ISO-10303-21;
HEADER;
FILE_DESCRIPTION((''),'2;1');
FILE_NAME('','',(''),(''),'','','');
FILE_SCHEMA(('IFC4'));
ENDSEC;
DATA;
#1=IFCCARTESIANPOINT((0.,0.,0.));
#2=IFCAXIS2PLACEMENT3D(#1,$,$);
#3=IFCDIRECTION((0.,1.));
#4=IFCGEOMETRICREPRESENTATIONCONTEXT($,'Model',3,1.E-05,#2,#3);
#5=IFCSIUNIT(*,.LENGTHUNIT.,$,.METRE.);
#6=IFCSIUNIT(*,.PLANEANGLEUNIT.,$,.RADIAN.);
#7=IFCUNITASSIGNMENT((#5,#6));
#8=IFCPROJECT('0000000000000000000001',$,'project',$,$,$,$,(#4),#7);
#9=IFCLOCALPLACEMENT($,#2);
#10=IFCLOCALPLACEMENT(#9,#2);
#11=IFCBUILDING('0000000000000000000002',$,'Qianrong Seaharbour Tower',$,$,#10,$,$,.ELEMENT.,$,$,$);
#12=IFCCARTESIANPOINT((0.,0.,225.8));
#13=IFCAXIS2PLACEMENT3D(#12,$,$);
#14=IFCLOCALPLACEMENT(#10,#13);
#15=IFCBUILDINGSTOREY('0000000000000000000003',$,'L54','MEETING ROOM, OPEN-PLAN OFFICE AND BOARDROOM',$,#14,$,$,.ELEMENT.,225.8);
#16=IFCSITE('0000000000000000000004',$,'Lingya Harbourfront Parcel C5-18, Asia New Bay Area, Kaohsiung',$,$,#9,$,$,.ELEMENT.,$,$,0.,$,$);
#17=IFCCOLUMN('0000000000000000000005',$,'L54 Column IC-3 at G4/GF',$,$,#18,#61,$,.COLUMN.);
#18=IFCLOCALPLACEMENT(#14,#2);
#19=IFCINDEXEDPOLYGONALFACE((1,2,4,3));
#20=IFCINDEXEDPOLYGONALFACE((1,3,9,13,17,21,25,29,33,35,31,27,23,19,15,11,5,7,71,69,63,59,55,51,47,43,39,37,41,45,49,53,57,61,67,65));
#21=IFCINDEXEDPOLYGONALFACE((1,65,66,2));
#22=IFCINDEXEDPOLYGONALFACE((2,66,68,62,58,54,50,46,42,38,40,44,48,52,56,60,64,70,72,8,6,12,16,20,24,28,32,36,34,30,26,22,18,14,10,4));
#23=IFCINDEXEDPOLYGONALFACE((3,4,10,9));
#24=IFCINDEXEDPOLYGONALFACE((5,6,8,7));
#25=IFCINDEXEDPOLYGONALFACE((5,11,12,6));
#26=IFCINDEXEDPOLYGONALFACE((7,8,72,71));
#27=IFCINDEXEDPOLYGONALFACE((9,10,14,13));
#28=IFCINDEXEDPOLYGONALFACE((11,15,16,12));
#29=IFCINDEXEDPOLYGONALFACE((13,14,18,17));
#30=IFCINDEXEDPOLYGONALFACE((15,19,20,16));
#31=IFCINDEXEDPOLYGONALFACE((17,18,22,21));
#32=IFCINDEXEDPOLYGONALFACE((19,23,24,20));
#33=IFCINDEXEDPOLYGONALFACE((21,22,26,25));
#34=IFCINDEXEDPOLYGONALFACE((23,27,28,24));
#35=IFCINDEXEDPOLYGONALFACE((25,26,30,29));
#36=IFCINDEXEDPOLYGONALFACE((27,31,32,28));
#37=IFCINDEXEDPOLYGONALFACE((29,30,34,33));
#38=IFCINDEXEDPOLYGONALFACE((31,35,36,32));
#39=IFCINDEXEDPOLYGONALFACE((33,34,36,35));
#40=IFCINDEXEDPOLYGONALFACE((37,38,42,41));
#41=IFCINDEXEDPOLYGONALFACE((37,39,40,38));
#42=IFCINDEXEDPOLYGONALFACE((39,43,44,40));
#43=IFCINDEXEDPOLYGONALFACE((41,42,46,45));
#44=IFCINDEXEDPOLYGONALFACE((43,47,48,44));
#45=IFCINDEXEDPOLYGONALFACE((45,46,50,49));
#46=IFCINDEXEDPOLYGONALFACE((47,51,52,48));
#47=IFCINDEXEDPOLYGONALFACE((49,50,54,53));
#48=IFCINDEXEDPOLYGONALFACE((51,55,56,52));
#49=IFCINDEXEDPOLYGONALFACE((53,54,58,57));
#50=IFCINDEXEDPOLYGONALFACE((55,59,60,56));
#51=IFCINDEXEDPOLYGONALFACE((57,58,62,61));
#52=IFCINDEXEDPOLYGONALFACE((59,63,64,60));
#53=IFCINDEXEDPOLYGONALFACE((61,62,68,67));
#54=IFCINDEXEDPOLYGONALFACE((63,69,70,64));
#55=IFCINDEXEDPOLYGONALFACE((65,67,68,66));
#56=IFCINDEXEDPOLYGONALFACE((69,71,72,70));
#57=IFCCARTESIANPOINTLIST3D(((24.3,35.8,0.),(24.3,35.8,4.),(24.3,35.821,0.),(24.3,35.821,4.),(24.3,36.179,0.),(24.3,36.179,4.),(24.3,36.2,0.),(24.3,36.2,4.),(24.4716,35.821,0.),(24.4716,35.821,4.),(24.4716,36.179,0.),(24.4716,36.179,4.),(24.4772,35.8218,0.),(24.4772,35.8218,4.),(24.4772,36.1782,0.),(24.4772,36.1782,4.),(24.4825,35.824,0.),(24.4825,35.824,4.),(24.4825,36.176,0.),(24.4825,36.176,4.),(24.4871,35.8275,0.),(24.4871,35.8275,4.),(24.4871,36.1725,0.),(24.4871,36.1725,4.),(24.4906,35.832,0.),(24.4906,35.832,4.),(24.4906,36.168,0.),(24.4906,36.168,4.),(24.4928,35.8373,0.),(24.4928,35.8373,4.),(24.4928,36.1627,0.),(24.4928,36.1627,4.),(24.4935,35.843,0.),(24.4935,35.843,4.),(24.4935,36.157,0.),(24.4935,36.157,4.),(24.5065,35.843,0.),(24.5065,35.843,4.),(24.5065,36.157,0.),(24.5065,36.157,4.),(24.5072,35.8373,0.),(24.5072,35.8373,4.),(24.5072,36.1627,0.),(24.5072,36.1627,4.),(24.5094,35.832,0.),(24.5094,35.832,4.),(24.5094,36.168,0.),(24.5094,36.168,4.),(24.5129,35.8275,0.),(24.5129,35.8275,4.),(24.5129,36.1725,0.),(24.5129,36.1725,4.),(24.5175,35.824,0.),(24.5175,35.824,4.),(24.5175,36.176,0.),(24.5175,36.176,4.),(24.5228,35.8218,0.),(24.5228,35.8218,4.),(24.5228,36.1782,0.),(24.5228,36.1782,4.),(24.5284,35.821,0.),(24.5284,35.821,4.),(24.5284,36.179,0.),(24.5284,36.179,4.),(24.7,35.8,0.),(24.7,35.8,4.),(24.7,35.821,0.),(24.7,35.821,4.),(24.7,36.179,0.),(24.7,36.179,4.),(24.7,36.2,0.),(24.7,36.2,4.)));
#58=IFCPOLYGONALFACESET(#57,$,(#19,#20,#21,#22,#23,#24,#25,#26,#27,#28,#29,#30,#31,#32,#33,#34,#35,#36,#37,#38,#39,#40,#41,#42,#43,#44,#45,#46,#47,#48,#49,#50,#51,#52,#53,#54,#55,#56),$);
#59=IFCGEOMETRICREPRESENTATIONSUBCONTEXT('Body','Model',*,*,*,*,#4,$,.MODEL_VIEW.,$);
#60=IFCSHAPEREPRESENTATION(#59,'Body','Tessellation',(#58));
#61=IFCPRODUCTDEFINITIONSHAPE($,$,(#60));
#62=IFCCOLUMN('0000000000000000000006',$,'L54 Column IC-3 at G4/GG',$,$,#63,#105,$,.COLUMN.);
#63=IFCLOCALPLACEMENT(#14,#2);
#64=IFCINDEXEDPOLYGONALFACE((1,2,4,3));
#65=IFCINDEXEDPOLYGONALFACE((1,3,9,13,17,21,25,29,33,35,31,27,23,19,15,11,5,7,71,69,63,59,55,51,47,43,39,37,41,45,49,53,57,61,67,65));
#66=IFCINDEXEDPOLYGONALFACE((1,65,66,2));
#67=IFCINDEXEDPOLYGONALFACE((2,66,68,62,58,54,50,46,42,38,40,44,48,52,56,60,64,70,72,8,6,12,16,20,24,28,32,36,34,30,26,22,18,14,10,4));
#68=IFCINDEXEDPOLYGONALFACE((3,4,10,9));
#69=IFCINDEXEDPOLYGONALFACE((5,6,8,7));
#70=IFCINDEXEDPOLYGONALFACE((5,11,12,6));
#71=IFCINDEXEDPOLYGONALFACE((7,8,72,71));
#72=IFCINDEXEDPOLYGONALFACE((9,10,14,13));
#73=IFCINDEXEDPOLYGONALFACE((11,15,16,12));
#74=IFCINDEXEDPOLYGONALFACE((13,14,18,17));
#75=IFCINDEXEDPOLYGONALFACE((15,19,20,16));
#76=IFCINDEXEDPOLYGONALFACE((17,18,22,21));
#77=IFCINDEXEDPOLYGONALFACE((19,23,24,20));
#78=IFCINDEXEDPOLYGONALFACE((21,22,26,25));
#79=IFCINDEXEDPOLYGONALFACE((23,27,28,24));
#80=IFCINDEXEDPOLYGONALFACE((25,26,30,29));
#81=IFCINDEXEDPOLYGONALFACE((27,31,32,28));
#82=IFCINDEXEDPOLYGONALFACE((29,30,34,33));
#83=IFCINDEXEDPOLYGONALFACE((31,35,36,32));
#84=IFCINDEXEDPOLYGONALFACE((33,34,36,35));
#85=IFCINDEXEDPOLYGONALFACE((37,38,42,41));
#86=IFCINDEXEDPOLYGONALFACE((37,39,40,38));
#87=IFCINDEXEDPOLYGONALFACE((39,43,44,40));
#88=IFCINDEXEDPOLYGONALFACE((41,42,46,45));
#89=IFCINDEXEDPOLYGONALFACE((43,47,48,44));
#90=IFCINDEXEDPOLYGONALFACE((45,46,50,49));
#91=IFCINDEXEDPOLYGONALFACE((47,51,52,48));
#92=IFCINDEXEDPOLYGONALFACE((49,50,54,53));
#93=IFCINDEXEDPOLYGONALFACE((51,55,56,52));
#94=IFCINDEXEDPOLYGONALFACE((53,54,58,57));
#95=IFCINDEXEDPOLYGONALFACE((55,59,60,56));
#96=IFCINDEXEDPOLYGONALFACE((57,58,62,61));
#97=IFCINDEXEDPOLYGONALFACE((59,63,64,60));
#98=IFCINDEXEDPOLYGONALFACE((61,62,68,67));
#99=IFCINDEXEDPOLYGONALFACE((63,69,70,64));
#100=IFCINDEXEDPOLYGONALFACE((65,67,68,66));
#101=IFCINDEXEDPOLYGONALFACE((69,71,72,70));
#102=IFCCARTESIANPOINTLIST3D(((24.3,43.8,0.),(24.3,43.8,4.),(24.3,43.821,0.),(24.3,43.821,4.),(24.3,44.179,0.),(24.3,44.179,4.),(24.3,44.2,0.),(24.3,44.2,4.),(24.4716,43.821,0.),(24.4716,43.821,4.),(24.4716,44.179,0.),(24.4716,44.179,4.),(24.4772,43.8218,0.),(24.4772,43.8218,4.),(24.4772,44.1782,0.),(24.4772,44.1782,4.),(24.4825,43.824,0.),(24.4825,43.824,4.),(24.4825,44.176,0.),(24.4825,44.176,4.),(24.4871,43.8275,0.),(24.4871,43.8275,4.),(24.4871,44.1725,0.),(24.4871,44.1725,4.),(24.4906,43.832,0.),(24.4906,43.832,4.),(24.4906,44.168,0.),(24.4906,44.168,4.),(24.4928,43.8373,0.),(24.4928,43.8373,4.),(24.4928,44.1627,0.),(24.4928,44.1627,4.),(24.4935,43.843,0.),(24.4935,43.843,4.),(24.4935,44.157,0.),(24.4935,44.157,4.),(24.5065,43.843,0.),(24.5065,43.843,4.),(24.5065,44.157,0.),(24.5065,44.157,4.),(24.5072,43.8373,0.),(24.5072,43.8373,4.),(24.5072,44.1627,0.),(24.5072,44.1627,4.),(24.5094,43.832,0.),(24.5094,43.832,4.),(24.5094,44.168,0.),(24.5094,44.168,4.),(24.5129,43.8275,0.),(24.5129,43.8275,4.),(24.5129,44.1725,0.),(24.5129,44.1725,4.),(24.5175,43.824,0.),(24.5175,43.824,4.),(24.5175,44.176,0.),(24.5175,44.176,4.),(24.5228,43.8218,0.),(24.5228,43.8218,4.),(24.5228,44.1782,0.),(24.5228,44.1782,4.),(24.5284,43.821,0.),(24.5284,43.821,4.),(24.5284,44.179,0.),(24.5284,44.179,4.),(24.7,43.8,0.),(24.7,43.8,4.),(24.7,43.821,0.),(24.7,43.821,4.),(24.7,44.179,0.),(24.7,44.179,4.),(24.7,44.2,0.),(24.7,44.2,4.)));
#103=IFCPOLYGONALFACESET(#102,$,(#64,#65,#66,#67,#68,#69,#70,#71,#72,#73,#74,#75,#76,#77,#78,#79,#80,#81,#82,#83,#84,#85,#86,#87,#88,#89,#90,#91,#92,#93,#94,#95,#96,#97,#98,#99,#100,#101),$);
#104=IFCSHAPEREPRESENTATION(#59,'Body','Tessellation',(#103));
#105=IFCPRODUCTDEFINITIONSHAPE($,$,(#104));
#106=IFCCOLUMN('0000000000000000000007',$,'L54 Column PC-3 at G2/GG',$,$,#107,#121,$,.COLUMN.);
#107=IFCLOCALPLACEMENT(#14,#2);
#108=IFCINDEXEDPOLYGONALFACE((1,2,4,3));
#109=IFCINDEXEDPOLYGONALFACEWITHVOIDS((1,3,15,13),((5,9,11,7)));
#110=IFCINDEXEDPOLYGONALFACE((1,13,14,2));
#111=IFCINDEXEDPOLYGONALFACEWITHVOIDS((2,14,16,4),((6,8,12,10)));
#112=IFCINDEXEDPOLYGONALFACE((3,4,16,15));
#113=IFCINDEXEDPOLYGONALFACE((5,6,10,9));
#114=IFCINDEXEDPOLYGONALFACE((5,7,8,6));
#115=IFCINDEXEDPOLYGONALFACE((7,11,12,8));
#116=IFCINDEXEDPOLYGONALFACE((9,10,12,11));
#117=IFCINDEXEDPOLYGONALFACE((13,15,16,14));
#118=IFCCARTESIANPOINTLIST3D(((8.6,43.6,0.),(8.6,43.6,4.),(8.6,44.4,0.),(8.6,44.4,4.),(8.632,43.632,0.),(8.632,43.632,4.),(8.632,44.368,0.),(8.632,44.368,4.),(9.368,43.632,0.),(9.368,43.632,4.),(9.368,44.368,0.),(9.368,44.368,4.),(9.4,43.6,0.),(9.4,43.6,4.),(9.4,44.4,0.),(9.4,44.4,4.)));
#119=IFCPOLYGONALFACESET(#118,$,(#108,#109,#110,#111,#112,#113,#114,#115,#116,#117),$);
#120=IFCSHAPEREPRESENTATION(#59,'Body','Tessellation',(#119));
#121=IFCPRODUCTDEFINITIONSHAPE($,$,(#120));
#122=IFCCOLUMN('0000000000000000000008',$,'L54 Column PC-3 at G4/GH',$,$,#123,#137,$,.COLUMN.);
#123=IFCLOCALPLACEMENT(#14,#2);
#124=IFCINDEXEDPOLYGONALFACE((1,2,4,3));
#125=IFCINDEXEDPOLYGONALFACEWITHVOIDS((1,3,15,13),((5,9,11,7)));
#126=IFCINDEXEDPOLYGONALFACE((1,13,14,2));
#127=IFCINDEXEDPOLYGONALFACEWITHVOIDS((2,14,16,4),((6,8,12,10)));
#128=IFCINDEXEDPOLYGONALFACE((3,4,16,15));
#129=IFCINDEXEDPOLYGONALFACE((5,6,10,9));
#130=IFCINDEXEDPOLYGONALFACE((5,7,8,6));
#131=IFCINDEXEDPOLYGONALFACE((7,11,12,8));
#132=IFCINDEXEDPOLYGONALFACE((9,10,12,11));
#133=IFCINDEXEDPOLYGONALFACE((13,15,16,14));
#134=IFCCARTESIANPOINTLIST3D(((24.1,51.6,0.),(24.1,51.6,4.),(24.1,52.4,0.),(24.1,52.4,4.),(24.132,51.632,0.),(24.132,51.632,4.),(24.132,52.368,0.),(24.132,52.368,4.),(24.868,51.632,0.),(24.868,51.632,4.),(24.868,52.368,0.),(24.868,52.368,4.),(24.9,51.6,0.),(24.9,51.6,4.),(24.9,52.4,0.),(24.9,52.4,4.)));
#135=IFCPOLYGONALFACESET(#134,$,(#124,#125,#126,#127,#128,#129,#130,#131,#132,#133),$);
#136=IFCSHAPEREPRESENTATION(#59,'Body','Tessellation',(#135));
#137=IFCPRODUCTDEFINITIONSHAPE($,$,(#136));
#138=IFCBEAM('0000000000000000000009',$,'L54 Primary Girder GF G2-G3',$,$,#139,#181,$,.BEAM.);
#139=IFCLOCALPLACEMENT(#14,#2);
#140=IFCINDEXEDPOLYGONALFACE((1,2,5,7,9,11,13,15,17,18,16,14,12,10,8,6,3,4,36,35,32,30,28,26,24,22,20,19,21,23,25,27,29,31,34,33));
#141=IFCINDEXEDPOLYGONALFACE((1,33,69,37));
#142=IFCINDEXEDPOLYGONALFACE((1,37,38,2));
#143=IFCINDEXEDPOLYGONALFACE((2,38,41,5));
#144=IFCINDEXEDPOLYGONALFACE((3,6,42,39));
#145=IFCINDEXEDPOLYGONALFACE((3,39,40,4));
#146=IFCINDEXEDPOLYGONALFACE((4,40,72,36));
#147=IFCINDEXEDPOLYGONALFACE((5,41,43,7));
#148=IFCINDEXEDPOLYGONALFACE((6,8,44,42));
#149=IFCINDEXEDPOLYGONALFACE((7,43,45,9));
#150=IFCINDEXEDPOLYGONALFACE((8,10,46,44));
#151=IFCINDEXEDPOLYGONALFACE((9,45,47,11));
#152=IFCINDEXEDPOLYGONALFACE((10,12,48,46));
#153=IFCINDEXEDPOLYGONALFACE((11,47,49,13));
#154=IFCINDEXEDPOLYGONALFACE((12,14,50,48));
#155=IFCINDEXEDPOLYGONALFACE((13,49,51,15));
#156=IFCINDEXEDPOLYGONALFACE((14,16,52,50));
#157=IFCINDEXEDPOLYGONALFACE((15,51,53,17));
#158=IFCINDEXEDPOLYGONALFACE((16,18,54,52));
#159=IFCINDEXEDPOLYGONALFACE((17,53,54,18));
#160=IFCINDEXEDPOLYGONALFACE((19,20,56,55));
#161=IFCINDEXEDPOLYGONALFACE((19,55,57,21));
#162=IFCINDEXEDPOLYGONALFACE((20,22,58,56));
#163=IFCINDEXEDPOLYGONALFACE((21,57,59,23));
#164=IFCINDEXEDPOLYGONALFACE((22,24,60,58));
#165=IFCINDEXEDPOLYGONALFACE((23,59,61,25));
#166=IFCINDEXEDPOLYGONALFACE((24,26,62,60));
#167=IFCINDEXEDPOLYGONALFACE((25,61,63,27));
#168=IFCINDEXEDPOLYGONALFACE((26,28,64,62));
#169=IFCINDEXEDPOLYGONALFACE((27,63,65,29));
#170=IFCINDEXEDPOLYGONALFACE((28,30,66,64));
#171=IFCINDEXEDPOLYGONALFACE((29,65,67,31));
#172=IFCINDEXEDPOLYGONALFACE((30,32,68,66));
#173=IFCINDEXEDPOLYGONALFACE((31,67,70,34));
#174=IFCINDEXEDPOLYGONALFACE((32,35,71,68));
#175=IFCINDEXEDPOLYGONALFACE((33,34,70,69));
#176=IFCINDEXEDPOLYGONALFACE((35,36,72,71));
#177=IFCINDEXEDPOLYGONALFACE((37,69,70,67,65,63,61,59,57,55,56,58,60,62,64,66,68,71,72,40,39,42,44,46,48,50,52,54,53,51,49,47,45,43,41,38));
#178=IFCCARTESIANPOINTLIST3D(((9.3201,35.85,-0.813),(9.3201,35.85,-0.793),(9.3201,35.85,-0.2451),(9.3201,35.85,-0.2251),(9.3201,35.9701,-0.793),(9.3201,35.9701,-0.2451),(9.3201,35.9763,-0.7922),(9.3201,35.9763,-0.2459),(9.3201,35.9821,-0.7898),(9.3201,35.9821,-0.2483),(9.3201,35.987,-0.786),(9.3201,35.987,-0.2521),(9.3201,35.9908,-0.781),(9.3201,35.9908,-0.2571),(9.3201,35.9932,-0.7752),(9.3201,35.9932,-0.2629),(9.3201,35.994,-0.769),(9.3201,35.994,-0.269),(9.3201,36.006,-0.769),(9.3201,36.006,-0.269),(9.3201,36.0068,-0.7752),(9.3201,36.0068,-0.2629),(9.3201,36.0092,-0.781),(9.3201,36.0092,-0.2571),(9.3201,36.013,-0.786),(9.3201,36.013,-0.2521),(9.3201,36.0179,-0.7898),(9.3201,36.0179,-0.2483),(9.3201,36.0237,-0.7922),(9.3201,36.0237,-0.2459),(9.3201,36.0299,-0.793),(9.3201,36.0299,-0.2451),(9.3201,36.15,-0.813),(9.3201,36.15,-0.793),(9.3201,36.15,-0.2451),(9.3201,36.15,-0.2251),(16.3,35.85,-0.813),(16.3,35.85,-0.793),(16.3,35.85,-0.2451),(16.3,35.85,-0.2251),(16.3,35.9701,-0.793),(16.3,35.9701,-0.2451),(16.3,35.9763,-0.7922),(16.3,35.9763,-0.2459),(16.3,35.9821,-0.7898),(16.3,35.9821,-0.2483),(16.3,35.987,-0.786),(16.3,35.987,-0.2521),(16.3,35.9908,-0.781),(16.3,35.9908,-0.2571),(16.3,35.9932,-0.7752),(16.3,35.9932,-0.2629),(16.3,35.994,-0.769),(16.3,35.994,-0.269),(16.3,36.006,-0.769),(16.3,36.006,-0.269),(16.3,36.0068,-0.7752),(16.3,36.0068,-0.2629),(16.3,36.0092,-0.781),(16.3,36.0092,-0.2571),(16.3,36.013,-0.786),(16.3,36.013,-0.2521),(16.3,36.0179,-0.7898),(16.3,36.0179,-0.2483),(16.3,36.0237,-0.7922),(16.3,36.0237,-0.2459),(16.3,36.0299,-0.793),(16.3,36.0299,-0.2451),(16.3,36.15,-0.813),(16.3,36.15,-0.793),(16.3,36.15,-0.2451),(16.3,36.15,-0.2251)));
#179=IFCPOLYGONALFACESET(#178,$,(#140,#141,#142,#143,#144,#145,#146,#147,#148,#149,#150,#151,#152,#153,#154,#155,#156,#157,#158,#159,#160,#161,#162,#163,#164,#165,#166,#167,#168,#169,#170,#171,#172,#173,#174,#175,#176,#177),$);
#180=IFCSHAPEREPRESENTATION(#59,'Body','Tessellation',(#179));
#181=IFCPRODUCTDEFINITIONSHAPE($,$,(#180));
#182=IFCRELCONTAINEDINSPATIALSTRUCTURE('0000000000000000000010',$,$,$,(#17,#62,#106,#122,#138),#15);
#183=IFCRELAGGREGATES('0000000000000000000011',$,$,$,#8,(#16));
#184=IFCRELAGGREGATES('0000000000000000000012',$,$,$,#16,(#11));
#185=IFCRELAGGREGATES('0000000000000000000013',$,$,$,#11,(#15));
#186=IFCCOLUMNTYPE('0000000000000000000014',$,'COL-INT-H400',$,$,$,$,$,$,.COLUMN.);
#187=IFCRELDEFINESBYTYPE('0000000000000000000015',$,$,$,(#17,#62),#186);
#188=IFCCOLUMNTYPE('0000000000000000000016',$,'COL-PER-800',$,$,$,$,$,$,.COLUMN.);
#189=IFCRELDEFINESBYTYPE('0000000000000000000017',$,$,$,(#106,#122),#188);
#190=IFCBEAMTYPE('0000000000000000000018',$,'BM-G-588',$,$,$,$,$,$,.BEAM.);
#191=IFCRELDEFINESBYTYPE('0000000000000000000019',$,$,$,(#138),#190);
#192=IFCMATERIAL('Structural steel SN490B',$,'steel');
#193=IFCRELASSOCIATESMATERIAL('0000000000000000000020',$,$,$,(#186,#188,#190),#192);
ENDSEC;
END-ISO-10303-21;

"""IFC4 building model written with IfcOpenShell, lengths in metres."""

from ifc_helpers import new_model, si_unit, direction, frame, origin, origin_2d, place, context, subcontext, project, spatial, hollow_rectangle, i_section, extrude, material, material_profile, profile_set, type_object, element, save


model = new_model("IFC4")

# Units and contexts
model_context = context("Model", 3, precision=1e-05, world=origin(), true_north=direction((0.0, 1.0)))
body_context = subcontext(model_context, "Body", "Model", "MODEL_VIEW")
ifc_project = project(units=[si_unit("LENGTHUNIT", "METRE"), si_unit("PLANEANGLEUNIT", "RADIAN")], contexts=[model_context])

# Site, building, storey
site_placement = place(None, origin())
site = spatial("IfcSite", under=ifc_project, at=site_placement, Name="Lingya Harbourfront Parcel C5-18, Asia New Bay Area, Kaohsiung", CompositionType="ELEMENT", RefElevation=0.0)
building_placement = place(site_placement, origin())
building = spatial("IfcBuilding", under=site, at=building_placement, Name="Qianrong Seaharbour Tower", CompositionType="ELEMENT")
storey_placement = place(building_placement, frame((0.0, 0.0, 225.8)))
storey = spatial("IfcBuildingStorey", under=building, at=storey_placement, Name="L54", Description="MEETING ROOM, OPEN-PLAN OFFICE AND BOARDROOM", CompositionType="ELEMENT", Elevation=225.8)

# Columns
ifc_material_1 = material(Name="Structural steel SN490B", Category="steel")
ifc_material_profile_1 = material_profile(ifc_material_1, i_section(OverallWidth=0.3999, OverallDepth=0.3999, WebThickness=0.0129, FlangeThickness=0.021, FilletRadius=0.022, at=origin_2d()), Name="H400x400x13x21")
ifc_profile_set_1 = profile_set([ifc_material_profile_1], Name="Structural steel SN490B")
column_type_1 = type_object("IfcColumnType", Name="COL-INT-H400", PredefinedType="COLUMN", material=ifc_profile_set_1)
for number, where, z_axis, x_axis, name in (
    (1, (24.5, 36.0, 0.0), (0.0, 0.0, 1.0), (1.0, 0.0, 0.0), "L54 Column IC-3 at G4/GF"),
    (2, (24.5, 44.0, 0.0), (0.0, 0.0, 1.0), (1.0, 0.0, 0.0), "L54 Column IC-3 at G4/GG"),
):
    element("IfcColumn", number, at=place(storey_placement, frame(where, z_axis=z_axis, x_axis=x_axis)), inside=storey, type_object=column_type_1, Name=name, PredefinedType="COLUMN", context=body_context, shape_type="SweptSolid", body=[
        extrude(i_section(OverallWidth=0.3999, OverallDepth=0.3999, WebThickness=0.0129, FlangeThickness=0.021, FilletRadius=0.022, at=origin_2d()), origin(), (0.0, 0.0, 1.0), 4.0),
    ])
ifc_material_profile_2 = material_profile(ifc_material_1, hollow_rectangle(XDim=0.8, YDim=0.8, WallThickness=0.032, at=origin_2d()), Name="BOX800x800x32")
ifc_profile_set_2 = profile_set([ifc_material_profile_2], Name="Structural steel SN490B")
column_type_2 = type_object("IfcColumnType", Name="COL-PER-800", PredefinedType="COLUMN", material=ifc_profile_set_2)
for number, where, z_axis, x_axis, name in (
    (3, (9.0, 44.0, 0.0), (0.0, 0.0, 1.0), (1.0, 0.0, 0.0), "L54 Column PC-3 at G2/GG"),
    (4, (24.5, 52.0, 0.0), (0.0, 0.0, 1.0), (1.0, 0.0, 0.0), "L54 Column PC-3 at G4/GH"),
):
    element("IfcColumn", number, at=place(storey_placement, frame(where, z_axis=z_axis, x_axis=x_axis)), inside=storey, type_object=column_type_2, Name=name, PredefinedType="COLUMN", context=body_context, shape_type="SweptSolid", body=[
        extrude(hollow_rectangle(XDim=0.8, YDim=0.8, WallThickness=0.032, at=origin_2d()), origin(), (0.0, 0.0, 1.0), 4.0),
    ])

# Beam
ifc_material_profile_3 = material_profile(ifc_material_1, i_section(OverallWidth=0.3, OverallDepth=0.5879, WebThickness=0.012, FlangeThickness=0.02, FilletRadius=0.0239, at=origin_2d()), Name="H588x300x12x20")
ifc_profile_set_3 = profile_set([ifc_material_profile_3], Name="Structural steel SN490B")
beam_type_1 = type_object("IfcBeamType", Name="BM-G-588", PredefinedType="BEAM", material=ifc_profile_set_3)
beam_1_placement = place(storey_placement, frame((9.3201, 36.0, -0.519), z_axis=(1.0, 0.0, 0.0), x_axis=(0.0, 1.0, 0.0)))
element("IfcBeam", 5, at=beam_1_placement, inside=storey, type_object=beam_type_1, Name="L54 Primary Girder GF G2-G3", PredefinedType="BEAM", context=body_context, shape_type="SweptSolid", body=[
    extrude(i_section(OverallWidth=0.3, OverallDepth=0.5879, WebThickness=0.012, FlangeThickness=0.02, FilletRadius=0.0239, at=origin_2d()), origin(), (0.0, 0.0, 1.0), 6.98),
])

save(model, "model.ifc")
